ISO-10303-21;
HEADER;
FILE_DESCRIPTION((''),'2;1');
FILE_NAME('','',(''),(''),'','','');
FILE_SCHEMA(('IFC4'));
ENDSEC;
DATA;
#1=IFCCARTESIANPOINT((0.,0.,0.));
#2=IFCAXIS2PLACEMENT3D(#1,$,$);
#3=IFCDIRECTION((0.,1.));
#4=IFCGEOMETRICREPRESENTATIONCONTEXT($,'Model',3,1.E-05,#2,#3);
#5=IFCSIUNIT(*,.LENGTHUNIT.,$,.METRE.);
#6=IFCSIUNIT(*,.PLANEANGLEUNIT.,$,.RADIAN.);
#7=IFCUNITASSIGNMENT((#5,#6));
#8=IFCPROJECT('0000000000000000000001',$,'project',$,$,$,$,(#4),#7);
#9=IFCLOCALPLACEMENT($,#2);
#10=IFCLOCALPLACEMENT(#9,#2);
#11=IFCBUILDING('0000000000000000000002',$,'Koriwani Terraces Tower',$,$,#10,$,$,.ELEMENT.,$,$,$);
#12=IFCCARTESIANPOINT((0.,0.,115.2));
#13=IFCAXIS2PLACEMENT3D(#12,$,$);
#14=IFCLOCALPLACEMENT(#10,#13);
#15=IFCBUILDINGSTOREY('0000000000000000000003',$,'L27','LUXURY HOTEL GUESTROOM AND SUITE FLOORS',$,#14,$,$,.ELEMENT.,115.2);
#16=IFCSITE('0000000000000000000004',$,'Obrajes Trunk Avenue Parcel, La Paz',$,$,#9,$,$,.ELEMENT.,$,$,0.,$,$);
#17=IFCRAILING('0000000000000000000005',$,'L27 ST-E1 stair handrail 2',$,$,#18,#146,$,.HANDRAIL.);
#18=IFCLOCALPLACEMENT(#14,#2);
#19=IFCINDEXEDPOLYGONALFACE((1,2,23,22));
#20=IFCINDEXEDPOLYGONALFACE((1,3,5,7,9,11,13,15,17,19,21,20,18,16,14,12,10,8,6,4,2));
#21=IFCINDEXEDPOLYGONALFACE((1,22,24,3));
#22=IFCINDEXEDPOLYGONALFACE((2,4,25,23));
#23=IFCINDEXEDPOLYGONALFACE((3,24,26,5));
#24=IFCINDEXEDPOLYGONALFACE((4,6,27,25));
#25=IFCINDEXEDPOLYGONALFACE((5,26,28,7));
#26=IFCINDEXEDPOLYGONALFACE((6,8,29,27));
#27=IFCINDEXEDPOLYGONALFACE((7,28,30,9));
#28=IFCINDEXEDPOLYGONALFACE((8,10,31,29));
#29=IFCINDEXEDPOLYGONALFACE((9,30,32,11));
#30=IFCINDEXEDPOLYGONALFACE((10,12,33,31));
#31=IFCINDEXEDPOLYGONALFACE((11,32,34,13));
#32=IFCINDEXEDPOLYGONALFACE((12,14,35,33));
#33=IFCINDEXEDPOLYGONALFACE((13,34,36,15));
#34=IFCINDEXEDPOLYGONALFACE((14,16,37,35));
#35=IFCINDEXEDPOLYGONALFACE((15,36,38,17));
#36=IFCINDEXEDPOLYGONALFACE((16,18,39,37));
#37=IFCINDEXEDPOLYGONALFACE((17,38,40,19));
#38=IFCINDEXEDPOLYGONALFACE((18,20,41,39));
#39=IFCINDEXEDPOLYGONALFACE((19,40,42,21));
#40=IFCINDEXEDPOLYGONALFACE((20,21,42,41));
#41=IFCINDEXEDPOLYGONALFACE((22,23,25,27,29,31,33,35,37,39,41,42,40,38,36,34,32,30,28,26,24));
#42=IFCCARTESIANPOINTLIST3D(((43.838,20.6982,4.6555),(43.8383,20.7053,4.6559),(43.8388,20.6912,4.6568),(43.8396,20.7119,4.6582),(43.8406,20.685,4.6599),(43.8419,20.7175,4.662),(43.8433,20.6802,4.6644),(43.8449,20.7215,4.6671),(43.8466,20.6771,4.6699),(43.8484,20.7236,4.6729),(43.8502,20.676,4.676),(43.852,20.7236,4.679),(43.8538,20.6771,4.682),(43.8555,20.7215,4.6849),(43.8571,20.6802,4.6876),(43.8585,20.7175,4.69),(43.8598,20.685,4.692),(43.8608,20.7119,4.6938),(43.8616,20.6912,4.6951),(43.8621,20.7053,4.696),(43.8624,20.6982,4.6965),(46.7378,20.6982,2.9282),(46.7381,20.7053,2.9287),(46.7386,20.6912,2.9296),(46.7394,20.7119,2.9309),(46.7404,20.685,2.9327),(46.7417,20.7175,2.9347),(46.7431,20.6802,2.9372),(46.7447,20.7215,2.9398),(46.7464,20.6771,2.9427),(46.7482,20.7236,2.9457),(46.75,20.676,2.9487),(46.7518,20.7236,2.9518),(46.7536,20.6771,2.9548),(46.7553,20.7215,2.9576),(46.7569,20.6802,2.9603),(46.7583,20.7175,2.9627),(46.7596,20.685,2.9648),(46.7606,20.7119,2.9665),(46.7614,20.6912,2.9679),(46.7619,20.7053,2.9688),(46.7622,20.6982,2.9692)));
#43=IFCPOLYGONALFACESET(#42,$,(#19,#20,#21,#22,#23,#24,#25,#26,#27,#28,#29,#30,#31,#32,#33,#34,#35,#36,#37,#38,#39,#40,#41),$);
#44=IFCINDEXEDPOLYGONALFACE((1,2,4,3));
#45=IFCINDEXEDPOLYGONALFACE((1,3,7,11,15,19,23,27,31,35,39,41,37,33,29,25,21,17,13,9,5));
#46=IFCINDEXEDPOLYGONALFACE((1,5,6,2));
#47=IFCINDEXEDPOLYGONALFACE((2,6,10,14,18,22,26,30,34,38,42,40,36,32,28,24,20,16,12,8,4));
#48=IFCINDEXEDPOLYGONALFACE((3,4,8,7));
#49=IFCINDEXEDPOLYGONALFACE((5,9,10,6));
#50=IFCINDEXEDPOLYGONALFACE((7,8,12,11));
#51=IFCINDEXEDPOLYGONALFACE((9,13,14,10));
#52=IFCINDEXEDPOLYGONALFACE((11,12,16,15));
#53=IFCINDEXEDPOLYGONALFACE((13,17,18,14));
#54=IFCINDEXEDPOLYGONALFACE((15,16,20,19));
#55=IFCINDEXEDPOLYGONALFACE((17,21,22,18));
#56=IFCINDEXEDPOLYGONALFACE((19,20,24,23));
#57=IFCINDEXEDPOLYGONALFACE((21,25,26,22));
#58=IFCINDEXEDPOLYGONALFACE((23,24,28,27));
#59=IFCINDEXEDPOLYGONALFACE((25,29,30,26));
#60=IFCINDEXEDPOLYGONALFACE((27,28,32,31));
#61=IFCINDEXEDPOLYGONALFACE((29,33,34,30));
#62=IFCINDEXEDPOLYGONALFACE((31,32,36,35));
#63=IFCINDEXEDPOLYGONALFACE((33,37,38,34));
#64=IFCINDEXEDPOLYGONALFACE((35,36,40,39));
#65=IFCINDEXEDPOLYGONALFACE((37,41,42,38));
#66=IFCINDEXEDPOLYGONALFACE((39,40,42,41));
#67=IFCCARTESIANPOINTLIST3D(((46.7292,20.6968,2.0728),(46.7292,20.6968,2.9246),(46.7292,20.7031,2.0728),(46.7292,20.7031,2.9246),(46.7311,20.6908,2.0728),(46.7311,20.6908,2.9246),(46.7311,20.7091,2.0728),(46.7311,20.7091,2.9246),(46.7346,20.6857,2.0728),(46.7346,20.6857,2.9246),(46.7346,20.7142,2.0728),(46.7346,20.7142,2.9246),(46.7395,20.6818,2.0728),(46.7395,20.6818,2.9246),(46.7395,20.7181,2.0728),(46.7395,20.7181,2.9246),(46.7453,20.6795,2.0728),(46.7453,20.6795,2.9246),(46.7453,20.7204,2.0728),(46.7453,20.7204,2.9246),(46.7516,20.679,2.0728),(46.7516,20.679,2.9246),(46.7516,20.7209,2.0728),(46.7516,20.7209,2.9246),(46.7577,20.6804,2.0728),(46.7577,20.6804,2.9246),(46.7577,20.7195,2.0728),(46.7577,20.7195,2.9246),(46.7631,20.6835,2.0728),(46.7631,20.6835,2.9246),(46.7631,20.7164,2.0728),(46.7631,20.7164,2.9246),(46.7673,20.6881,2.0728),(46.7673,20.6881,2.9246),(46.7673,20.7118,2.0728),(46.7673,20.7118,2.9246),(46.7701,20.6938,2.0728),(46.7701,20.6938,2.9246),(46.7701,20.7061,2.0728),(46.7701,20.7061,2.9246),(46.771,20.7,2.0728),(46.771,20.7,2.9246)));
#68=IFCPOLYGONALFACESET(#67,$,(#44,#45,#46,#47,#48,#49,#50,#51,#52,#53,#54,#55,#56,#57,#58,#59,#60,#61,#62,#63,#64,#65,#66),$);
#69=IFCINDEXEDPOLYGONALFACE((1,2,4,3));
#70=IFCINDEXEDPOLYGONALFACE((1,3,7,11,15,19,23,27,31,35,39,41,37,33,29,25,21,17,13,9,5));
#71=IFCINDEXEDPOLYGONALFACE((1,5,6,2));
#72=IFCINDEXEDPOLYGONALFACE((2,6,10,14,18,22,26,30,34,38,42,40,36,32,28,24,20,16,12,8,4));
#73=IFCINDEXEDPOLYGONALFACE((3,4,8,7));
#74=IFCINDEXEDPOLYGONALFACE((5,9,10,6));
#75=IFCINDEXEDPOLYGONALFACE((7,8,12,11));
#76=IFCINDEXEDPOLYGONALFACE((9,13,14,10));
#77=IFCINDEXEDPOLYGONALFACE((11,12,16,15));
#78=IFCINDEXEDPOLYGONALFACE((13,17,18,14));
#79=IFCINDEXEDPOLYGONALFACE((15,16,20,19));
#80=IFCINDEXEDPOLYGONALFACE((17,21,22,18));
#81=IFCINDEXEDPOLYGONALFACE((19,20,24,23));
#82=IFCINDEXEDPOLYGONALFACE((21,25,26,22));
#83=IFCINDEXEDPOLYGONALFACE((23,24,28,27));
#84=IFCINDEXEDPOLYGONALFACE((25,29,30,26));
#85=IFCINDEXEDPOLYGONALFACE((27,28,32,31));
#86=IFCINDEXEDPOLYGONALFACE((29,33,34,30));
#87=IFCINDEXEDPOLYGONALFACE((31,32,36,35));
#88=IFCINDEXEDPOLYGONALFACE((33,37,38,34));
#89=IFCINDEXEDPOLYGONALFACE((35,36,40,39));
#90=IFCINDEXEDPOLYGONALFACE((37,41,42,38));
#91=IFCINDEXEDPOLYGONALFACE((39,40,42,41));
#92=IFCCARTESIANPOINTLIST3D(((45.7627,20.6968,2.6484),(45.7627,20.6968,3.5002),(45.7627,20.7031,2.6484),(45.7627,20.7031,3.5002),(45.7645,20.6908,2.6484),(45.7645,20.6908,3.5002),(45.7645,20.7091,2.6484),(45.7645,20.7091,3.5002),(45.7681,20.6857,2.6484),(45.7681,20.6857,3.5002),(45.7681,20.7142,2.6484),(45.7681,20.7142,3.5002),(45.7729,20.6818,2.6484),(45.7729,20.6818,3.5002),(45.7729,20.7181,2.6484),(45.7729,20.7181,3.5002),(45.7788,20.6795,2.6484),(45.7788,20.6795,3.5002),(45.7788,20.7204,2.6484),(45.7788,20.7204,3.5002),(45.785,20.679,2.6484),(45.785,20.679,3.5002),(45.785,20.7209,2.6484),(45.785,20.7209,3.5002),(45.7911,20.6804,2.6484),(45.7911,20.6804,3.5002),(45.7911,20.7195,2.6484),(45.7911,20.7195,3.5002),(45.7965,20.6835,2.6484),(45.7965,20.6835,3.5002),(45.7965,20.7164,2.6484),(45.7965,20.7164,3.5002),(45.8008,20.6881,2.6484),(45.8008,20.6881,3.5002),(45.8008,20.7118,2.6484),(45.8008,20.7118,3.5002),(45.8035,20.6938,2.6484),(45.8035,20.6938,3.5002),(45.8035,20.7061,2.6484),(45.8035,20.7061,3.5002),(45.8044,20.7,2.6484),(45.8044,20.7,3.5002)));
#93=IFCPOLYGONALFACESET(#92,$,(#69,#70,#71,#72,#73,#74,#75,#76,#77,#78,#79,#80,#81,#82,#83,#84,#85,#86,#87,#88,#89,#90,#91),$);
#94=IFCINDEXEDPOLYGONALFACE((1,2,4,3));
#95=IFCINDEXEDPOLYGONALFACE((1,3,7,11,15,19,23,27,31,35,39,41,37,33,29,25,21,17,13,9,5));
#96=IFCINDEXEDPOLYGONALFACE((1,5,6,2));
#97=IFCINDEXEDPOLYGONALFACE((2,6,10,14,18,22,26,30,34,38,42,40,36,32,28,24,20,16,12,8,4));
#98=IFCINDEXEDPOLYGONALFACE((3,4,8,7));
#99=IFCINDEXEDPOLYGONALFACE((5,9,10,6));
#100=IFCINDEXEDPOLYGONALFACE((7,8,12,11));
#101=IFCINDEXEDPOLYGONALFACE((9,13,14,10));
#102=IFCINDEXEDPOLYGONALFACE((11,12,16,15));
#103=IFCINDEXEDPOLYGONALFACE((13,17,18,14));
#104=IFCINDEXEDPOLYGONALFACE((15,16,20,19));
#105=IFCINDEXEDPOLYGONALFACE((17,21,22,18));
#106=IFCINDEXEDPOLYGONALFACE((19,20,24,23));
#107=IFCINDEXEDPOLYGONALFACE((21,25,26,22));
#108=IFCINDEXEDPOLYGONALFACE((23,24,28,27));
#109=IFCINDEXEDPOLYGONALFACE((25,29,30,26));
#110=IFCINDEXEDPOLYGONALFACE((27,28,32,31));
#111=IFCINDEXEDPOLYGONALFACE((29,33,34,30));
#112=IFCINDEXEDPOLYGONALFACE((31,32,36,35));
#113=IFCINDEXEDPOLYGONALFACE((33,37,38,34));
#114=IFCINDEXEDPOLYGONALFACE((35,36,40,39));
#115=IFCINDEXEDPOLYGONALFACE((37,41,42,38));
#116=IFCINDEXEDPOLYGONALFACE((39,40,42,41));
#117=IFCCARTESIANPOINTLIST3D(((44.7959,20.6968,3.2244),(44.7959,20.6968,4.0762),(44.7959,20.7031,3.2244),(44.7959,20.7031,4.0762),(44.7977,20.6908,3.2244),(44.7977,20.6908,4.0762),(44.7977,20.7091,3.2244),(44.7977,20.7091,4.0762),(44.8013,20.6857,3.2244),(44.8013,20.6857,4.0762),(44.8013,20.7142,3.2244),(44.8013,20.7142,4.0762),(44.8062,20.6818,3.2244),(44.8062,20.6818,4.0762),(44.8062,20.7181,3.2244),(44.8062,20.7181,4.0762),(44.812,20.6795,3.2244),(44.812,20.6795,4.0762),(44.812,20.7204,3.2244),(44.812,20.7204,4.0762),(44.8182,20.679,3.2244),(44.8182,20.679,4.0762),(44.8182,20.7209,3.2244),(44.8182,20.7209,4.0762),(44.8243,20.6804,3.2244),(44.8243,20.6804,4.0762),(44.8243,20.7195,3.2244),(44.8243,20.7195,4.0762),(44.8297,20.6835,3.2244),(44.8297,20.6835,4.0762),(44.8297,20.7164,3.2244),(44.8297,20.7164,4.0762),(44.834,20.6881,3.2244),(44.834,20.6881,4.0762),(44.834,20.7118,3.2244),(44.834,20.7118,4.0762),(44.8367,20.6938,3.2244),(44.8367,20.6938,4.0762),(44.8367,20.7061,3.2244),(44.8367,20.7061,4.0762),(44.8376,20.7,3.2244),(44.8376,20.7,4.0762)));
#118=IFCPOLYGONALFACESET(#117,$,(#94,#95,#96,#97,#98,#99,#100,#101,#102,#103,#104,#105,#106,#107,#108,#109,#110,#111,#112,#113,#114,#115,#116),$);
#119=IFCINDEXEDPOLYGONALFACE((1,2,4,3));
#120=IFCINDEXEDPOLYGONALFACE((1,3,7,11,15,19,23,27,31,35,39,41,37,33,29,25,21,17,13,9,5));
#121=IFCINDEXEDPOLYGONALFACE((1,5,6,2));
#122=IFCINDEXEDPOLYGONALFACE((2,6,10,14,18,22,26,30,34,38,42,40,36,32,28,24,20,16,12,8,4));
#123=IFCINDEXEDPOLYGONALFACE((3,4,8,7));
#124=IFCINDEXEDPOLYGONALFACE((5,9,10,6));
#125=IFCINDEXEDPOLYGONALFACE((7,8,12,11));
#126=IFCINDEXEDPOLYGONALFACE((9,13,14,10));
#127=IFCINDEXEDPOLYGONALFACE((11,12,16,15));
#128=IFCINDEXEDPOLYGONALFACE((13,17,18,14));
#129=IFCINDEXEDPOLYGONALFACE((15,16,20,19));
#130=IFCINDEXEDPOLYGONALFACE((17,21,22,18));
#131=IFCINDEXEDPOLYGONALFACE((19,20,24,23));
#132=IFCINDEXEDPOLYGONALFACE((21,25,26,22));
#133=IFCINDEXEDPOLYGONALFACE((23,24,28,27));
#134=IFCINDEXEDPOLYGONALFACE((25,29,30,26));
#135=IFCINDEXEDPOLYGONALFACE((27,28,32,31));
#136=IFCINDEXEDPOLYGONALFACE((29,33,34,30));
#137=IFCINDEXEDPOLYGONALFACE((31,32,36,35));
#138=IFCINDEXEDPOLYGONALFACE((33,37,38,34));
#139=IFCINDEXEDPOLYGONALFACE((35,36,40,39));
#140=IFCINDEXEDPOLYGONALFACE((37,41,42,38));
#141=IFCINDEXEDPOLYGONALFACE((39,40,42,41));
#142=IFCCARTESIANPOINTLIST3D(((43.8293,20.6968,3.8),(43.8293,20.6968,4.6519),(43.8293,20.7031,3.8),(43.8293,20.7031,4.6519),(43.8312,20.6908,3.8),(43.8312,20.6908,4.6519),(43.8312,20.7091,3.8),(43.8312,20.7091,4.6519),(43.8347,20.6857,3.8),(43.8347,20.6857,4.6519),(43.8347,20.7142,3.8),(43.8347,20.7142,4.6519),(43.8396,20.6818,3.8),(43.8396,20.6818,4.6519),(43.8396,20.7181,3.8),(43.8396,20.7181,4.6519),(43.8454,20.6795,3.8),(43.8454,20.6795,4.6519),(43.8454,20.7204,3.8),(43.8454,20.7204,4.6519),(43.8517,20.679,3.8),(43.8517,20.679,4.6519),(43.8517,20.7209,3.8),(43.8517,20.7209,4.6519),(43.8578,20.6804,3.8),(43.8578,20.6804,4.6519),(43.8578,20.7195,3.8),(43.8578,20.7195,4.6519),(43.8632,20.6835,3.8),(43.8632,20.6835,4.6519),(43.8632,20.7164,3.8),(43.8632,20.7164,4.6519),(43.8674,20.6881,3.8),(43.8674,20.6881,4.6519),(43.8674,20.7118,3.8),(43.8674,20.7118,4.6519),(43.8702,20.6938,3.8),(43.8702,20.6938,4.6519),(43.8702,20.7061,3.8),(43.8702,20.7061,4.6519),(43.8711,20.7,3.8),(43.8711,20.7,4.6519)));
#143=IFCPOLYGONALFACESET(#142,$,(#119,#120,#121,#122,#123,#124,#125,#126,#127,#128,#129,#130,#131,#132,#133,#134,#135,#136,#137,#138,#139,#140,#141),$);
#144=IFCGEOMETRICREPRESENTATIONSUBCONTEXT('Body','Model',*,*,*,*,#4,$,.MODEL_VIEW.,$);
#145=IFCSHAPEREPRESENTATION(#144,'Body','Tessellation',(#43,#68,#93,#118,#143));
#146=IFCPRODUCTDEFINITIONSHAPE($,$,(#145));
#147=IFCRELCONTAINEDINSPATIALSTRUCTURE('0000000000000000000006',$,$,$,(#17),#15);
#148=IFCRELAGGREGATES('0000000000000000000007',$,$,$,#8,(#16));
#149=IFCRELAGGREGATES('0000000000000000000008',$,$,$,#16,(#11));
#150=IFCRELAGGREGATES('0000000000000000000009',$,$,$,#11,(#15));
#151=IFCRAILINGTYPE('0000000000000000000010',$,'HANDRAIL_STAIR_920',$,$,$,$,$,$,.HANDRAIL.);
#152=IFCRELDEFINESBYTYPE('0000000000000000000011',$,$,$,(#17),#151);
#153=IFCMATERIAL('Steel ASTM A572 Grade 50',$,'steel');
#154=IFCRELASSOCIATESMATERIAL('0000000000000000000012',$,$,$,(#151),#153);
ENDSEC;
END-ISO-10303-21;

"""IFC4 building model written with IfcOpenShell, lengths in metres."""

from ifc_helpers import new_model, si_unit, direction, frame, origin, origin_2d, place, context, subcontext, project, spatial, circle, extrude, material, type_object, element, save


model = new_model("IFC4")

# Units and contexts
model_context = context("Model", 3, precision=1e-05, world=origin(), true_north=direction((0.0, 1.0)))
body_context = subcontext(model_context, "Body", "Model", "MODEL_VIEW")
ifc_project = project(units=[si_unit("LENGTHUNIT", "METRE"), si_unit("PLANEANGLEUNIT", "RADIAN")], contexts=[model_context])

# Site, building, storey
site_placement = place(None, origin())
site = spatial("IfcSite", under=ifc_project, at=site_placement, Name="Obrajes Trunk Avenue Parcel, La Paz", CompositionType="ELEMENT", RefElevation=0.0)
building_placement = place(site_placement, origin())
building = spatial("IfcBuilding", under=site, at=building_placement, Name="Koriwani Terraces Tower", CompositionType="ELEMENT")
storey_placement = place(building_placement, frame((0.0, 0.0, 115.2)))
storey = spatial("IfcBuildingStorey", under=building, at=storey_placement, Name="L27", Description="LUXURY HOTEL GUESTROOM AND SUITE FLOORS", CompositionType="ELEMENT", Elevation=115.2)

# Shared definitions
ifc_material_1 = material(Name="Steel ASTM A572 Grade 50", Category="steel")

# Railing
railing_type_1 = type_object("IfcRailingType", Name="HANDRAIL_STAIR_920", PredefinedType="HANDRAIL", material=ifc_material_1)
railing_1_placement = place(storey_placement, frame((46.75, 20.7, 2.0728)))
element("IfcRailing", 1, at=railing_1_placement, inside=storey, type_object=railing_type_1, Name="L27 ST-E1 stair handrail 2", PredefinedType="HANDRAIL", context=body_context, shape_type="SweptSolid", body=[
    extrude(circle(Radius=0.0239, at=origin_2d()), frame((0.0, 0.0, 0.876), z_axis=(-0.859141, 0.0, 0.511738), x_axis=(0.0, -1.0, 0.0)), (0.0, 0.0, 1.0), 3.3752),
    extrude(circle(Radius=0.021, at=origin_2d()), origin(), (0.0, 0.0, 1.0), 0.8518),
    extrude(circle(Radius=0.021, at=origin_2d()), frame((-0.9666, 0.0, 0.5757)), (0.0, 0.0, 1.0), 0.8518),
    extrude(circle(Radius=0.021, at=origin_2d()), frame((-1.9333, 0.0, 1.1516)), (0.0, 0.0, 1.0), 0.8518),
    extrude(circle(Radius=0.021, at=origin_2d()), frame((-2.8999, 0.0, 1.7273)), (0.0, 0.0, 1.0), 0.8518),
])

save(model, "model.ifc")
